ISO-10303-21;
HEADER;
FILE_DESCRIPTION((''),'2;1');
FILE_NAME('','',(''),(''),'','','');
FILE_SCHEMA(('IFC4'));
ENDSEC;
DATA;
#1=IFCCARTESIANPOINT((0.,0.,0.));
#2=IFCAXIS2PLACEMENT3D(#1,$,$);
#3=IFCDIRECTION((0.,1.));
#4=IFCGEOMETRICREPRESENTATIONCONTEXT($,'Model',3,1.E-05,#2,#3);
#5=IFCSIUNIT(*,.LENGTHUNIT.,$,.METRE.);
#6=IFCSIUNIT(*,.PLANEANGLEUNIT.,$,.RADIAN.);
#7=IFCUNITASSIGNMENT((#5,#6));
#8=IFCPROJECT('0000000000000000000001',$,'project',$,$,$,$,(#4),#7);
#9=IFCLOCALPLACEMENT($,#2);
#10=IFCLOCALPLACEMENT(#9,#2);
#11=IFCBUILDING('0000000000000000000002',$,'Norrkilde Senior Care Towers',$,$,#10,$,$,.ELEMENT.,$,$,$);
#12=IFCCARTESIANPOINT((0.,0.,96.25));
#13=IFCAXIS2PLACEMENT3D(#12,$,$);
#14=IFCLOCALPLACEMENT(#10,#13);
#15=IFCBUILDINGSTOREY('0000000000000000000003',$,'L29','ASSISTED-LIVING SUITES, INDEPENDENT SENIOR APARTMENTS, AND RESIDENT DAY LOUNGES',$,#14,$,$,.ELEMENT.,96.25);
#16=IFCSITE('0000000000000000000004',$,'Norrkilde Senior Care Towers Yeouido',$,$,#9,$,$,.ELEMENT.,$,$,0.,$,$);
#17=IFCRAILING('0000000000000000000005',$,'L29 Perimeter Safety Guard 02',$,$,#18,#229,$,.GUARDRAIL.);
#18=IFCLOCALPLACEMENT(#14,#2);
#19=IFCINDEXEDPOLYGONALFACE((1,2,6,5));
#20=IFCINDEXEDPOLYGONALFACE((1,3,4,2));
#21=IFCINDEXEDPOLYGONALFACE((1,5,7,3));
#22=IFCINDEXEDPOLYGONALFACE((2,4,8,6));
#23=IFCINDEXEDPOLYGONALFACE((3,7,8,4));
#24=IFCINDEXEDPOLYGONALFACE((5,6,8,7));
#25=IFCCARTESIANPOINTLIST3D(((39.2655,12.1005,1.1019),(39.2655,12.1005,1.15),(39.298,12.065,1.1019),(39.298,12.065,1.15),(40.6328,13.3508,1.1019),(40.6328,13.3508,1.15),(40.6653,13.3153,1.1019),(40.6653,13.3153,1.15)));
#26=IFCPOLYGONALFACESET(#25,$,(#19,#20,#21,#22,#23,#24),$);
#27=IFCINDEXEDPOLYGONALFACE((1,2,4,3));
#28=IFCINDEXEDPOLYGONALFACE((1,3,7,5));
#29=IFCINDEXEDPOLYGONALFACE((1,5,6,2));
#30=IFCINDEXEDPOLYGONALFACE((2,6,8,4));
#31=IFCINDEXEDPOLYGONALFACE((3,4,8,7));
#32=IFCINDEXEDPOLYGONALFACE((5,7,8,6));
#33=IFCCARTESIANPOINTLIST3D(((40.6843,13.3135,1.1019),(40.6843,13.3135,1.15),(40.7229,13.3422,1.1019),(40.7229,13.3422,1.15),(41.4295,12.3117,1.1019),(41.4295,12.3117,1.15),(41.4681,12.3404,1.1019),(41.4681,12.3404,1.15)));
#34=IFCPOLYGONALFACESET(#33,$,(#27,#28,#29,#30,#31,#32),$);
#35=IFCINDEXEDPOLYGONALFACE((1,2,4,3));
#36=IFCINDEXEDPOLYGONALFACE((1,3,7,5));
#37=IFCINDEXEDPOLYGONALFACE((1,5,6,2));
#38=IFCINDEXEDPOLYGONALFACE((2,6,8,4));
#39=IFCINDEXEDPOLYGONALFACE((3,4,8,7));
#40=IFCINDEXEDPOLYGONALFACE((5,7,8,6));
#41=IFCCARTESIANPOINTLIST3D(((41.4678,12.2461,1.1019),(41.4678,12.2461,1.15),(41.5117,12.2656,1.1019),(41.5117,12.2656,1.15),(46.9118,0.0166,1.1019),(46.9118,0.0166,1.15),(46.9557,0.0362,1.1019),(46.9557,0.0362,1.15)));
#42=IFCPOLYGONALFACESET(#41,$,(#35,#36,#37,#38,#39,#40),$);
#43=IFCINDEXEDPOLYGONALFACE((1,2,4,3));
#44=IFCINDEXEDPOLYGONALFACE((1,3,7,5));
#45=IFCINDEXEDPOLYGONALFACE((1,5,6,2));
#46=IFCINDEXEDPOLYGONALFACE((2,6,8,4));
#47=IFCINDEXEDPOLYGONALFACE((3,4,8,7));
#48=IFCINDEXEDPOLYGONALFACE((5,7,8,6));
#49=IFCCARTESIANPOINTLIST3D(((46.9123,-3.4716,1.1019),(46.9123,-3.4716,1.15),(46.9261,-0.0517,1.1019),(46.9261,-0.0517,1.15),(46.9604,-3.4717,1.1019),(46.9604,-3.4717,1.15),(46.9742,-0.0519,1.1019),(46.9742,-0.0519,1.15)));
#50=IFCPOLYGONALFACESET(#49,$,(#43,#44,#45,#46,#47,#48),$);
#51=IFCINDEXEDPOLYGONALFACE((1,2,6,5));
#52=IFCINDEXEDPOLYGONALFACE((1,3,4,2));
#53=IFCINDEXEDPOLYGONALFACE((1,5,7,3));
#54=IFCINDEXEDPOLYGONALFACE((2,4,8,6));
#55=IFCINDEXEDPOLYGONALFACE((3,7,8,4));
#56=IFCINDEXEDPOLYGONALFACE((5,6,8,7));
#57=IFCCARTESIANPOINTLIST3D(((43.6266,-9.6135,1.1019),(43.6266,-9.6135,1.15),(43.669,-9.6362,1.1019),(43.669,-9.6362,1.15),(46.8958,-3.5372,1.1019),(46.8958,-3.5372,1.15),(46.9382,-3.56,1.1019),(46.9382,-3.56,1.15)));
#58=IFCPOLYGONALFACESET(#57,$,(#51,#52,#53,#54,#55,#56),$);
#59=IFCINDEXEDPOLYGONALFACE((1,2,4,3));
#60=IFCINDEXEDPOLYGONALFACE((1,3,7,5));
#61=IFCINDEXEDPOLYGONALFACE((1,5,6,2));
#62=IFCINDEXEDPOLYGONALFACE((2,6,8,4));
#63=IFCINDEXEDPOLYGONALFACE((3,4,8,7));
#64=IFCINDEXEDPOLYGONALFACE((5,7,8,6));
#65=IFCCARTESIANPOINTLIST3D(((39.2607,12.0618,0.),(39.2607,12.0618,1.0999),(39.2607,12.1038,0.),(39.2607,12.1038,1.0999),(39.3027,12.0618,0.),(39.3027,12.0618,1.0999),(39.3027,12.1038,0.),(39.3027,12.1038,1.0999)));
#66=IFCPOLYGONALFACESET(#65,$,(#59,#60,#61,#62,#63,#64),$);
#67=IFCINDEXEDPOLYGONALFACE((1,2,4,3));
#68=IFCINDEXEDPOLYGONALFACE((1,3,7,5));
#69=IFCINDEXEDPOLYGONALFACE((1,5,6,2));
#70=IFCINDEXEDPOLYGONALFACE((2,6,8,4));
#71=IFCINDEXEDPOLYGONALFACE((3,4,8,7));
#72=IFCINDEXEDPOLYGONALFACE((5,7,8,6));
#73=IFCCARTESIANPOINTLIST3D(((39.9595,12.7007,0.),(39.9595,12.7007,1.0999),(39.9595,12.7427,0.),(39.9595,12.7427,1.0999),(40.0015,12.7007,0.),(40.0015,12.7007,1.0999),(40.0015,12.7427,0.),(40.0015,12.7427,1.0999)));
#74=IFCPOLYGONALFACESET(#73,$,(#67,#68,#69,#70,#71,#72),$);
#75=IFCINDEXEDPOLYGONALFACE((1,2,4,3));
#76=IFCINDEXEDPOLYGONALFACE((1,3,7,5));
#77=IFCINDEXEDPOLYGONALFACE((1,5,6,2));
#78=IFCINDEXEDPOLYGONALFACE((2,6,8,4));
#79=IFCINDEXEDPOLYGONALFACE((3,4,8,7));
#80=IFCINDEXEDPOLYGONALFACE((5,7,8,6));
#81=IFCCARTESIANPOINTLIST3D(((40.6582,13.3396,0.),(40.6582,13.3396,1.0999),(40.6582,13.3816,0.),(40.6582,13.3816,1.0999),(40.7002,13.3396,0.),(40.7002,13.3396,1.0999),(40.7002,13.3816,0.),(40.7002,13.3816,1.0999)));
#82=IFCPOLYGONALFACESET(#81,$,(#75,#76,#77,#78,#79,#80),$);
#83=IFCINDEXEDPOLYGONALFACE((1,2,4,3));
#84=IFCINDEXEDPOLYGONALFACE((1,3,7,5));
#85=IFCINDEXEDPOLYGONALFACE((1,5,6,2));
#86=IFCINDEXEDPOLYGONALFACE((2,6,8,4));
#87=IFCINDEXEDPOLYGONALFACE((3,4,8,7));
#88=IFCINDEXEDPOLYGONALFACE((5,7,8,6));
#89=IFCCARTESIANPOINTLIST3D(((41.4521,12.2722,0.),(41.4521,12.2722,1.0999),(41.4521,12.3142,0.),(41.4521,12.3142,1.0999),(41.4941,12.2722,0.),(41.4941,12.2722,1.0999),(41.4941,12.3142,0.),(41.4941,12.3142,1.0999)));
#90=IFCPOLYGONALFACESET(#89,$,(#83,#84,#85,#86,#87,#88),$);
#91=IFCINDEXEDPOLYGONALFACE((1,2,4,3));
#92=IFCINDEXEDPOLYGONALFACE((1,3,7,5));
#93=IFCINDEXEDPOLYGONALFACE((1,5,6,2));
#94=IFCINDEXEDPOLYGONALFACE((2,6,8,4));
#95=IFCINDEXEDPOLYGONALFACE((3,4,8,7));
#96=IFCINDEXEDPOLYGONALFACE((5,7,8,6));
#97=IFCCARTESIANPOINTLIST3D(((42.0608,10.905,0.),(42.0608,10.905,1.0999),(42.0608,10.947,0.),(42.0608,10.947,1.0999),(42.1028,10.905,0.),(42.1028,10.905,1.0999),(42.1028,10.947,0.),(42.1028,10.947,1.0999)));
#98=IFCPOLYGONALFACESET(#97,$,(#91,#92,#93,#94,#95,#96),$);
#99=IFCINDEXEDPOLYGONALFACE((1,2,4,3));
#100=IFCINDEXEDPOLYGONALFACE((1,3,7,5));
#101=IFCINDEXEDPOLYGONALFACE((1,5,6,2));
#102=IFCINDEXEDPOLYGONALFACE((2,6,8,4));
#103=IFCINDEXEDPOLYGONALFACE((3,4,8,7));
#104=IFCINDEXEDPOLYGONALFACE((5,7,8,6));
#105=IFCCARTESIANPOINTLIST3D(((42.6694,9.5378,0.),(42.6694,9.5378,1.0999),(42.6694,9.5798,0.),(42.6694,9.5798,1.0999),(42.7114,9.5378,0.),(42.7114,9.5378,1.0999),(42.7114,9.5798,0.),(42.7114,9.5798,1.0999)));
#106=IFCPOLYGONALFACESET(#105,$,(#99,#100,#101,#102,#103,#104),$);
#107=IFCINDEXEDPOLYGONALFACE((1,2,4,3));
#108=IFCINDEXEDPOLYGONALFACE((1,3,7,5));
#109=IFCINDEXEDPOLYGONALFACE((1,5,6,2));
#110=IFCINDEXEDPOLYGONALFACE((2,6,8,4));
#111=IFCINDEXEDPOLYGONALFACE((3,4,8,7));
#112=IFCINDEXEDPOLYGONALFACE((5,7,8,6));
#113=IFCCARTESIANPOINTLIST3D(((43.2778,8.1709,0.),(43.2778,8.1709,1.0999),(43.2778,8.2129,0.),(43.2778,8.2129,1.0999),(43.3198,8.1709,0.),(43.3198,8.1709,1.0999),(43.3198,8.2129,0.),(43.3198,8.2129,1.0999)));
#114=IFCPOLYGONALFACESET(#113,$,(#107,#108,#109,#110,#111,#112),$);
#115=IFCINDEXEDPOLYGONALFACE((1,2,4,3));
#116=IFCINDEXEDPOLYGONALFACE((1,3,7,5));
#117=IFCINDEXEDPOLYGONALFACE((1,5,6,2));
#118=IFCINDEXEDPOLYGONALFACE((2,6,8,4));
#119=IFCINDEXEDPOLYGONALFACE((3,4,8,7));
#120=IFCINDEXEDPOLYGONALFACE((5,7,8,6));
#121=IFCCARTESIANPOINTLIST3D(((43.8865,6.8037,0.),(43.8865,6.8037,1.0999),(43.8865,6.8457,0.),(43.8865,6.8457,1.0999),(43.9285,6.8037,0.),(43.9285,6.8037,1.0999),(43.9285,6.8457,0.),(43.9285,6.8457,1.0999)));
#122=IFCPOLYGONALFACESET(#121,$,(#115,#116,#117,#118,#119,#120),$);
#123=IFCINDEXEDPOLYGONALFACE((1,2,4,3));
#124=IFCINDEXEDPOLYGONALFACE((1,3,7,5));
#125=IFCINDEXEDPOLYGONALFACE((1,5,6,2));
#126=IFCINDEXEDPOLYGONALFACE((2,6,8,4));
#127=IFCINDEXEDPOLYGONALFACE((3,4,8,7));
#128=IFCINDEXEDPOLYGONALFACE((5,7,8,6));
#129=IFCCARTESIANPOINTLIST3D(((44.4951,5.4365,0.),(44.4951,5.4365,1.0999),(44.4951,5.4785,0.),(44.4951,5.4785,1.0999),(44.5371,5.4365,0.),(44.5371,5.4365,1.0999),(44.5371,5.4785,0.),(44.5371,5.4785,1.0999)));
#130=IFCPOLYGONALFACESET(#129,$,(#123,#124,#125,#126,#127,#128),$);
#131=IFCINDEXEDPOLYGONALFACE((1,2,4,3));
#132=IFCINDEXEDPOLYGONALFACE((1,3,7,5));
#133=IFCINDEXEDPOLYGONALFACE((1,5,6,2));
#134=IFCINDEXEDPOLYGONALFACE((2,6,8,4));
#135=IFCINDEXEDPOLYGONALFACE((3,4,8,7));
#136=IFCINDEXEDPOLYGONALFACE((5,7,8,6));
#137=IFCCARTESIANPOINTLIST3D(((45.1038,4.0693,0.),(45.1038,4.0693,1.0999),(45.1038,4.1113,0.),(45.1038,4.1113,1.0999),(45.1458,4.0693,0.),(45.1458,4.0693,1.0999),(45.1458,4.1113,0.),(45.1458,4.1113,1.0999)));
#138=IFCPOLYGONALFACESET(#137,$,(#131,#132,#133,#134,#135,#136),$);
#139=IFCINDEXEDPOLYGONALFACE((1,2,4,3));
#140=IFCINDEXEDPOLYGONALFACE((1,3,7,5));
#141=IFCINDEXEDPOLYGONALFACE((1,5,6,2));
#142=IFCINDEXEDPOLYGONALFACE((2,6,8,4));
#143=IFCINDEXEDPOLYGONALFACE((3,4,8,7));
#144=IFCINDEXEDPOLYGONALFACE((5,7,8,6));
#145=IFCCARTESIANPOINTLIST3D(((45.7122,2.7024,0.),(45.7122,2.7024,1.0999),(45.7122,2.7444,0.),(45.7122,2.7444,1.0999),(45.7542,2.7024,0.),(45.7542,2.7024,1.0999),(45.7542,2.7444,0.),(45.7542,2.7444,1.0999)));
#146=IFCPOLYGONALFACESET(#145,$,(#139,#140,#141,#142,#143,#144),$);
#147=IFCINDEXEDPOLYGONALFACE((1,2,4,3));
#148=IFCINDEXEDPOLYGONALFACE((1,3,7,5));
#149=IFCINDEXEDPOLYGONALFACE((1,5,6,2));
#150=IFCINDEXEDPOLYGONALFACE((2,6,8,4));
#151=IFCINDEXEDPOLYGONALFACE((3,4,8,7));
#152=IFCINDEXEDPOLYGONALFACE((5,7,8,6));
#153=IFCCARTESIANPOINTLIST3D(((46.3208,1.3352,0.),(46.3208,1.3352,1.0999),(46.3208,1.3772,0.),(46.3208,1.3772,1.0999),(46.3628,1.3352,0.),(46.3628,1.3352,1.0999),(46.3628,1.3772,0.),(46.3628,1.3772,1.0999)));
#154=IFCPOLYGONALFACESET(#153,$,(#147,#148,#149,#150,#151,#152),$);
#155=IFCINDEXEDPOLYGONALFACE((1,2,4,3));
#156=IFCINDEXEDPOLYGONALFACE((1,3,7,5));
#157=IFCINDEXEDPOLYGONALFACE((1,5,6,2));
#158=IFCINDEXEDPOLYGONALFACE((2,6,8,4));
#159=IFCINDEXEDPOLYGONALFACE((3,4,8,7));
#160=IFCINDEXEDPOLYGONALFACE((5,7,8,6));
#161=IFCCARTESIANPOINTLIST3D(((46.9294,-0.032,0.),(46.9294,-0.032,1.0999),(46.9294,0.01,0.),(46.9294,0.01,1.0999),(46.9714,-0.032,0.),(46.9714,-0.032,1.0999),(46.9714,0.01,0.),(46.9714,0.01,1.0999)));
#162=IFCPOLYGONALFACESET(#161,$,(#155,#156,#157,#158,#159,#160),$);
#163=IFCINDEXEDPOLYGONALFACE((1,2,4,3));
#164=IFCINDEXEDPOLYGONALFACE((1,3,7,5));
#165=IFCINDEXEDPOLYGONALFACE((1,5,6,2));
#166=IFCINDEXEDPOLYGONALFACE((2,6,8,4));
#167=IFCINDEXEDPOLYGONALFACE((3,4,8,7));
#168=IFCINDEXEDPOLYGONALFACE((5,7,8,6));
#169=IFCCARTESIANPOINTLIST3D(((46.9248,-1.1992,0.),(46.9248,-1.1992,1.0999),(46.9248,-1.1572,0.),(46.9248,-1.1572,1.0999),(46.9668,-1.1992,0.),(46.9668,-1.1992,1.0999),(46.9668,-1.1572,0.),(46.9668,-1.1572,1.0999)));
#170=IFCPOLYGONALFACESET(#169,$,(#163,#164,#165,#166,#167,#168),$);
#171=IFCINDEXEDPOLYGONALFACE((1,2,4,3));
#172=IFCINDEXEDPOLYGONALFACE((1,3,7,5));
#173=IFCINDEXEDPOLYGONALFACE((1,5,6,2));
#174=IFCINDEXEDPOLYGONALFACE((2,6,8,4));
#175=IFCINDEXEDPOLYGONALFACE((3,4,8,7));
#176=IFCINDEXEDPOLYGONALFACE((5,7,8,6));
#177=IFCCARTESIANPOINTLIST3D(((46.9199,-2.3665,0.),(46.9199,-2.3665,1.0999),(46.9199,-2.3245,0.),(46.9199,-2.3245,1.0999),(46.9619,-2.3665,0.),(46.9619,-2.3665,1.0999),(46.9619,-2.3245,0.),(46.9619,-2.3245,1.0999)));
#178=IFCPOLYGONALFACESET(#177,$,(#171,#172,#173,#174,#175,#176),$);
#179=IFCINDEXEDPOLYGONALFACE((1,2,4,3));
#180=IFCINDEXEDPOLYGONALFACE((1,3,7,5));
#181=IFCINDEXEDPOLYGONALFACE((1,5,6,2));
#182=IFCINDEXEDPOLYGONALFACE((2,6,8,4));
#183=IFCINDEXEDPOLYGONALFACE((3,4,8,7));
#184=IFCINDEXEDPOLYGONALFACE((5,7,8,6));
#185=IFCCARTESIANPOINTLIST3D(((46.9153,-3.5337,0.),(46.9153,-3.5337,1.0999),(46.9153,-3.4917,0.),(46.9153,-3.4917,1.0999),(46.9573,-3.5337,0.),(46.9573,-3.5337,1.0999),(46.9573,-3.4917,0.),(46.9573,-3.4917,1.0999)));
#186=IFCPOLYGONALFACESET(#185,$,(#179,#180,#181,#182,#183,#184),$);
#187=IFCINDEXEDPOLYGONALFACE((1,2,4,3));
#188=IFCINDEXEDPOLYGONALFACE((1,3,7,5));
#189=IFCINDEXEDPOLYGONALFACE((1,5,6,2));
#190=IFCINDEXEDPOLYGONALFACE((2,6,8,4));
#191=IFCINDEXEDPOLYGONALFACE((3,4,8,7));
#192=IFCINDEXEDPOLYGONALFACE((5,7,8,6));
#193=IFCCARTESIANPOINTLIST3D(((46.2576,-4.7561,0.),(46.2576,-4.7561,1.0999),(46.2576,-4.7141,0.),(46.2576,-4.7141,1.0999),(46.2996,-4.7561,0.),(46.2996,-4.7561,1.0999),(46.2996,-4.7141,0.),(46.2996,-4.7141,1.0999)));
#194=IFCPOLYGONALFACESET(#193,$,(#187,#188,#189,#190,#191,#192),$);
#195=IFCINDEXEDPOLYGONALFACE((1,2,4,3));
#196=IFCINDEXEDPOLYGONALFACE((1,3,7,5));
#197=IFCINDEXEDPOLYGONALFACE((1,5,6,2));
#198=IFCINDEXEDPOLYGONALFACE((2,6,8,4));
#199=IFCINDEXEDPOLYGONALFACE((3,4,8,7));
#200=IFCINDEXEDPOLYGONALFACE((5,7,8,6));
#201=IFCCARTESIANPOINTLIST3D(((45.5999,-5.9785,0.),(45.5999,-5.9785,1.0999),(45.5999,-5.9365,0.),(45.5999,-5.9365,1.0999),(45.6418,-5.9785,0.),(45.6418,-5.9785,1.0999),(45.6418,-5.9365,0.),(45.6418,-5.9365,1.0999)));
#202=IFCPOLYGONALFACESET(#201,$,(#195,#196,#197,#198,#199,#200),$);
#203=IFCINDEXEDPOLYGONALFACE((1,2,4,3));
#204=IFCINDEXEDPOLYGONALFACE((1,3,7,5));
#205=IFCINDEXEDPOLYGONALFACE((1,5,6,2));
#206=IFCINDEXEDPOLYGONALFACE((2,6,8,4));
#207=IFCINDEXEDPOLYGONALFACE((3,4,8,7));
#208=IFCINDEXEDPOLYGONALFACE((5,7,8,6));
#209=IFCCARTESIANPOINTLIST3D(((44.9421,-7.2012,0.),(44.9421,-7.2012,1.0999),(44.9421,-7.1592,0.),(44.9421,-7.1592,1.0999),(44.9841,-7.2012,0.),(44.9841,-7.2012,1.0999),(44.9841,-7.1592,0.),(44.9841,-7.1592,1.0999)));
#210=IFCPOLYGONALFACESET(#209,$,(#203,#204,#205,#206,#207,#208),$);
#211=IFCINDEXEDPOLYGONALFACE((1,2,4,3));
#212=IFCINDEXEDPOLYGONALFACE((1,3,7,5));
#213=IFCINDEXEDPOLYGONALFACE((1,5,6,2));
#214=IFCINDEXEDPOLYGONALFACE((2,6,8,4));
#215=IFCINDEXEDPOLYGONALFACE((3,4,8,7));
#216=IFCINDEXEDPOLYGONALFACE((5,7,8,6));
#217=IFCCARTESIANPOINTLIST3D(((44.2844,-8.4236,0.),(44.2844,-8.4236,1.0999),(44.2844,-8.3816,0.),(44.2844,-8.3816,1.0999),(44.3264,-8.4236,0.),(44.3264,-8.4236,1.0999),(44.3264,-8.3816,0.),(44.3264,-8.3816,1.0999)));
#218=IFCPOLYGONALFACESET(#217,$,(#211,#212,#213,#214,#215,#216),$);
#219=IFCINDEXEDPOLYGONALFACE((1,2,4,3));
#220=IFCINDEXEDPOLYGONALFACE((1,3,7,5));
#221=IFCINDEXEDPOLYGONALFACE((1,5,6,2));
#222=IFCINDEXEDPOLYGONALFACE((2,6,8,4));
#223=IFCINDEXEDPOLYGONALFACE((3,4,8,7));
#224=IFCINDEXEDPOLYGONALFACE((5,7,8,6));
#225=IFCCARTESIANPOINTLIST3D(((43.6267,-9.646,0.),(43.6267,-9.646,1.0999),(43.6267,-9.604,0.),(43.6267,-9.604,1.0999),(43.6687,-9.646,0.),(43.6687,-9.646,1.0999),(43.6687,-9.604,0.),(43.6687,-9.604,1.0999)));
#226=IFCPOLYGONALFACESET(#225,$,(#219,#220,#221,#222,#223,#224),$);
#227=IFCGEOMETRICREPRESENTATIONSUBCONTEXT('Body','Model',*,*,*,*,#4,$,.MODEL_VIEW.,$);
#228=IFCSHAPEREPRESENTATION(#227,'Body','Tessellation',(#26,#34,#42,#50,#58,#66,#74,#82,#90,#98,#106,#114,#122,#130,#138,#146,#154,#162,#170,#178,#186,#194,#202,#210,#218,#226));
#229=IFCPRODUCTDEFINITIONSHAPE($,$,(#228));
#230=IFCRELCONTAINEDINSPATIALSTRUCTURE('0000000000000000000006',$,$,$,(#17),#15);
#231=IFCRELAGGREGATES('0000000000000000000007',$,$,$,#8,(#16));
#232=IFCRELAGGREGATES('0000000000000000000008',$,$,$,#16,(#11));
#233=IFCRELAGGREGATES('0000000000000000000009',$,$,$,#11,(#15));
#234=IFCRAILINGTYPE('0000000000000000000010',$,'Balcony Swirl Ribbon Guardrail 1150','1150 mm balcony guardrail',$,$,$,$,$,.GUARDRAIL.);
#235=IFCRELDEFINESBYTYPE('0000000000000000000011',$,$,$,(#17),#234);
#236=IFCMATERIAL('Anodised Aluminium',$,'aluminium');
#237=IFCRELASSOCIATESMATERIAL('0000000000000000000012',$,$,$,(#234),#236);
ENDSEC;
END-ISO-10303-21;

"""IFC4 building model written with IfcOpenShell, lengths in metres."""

from ifc_helpers import new_model, si_unit, direction, frame, origin, origin_2d, place, context, subcontext, project, spatial, rectangle, extrude, material, type_object, element, save


model = new_model("IFC4")

# Units and contexts
model_context = context("Model", 3, precision=1e-05, world=origin(), true_north=direction((0.0, 1.0)))
body_context = subcontext(model_context, "Body", "Model", "MODEL_VIEW")
ifc_project = project(units=[si_unit("LENGTHUNIT", "METRE"), si_unit("PLANEANGLEUNIT", "RADIAN")], contexts=[model_context])

# Site, building, storey
site_placement = place(None, origin())
site = spatial("IfcSite", under=ifc_project, at=site_placement, Name="Norrkilde Senior Care Towers Yeouido", CompositionType="ELEMENT", RefElevation=0.0)
building_placement = place(site_placement, origin())
building = spatial("IfcBuilding", under=site, at=building_placement, Name="Norrkilde Senior Care Towers", CompositionType="ELEMENT")
storey_placement = place(building_placement, frame((0.0, 0.0, 96.25)))
storey = spatial("IfcBuildingStorey", under=building, at=storey_placement, Name="L29", Description="ASSISTED-LIVING SUITES, INDEPENDENT SENIOR APARTMENTS, AND RESIDENT DAY LOUNGES", CompositionType="ELEMENT", Elevation=96.25)

# Shared definitions
ifc_material_1 = material(Name="Anodised Aluminium", Category="aluminium")

# Railing
railing_type = type_object("IfcRailingType", Name="Balcony Swirl Ribbon Guardrail 1150", Description="1150 mm balcony guardrail", PredefinedType="GUARDRAIL", material=ifc_material_1)
railing_placement = place(storey_placement, frame((39.2817, 12.0828, 0.0)))
element("IfcRailing", 1, at=railing_placement, inside=storey, type_object=railing_type, Name="L29 Perimeter Safety Guard 02", PredefinedType="GUARDRAIL", context=body_context, shape_type="SweptSolid", body=[
    extrude(rectangle(XDim=0.0481, YDim=0.0481, at=origin_2d()), frame((0.0, 0.0, 1.126), z_axis=(0.737988, 0.674813, 0.0), x_axis=(-0.674813, 0.737988, 0.0)), (0.0, 0.0, 1.0), 1.8528),
    extrude(rectangle(XDim=0.0481, YDim=0.0481, at=origin_2d()), frame((1.4219, 1.2451, 1.126), z_axis=(0.596824, -0.802372, 0.0), x_axis=(0.802372, 0.596824, 0.0)), (0.0, 0.0, 1.0), 1.2485),
    extrude(rectangle(XDim=0.0481, YDim=0.0481, at=origin_2d()), frame((2.208, 0.1731, 1.126), z_axis=(0.406682, -0.91357, 0.0), x_axis=(0.91357, 0.406682, 0.0)), (0.0, 0.0, 1.0), 13.3865),
    extrude(rectangle(XDim=0.0481, YDim=0.0481, at=origin_2d()), frame((7.6685, -12.1345, 1.126), z_axis=(-0.004044, -0.999992, 0.0), x_axis=(0.999992, -0.004044, 0.0)), (0.0, 0.0, 1.0), 3.4199),
    extrude(rectangle(XDim=0.0481, YDim=0.0481, at=origin_2d()), frame((7.6353, -15.6313, 1.126), z_axis=(-0.473802, -0.880631, 0.0), x_axis=(0.880631, -0.473802, 0.0)), (0.0, 0.0, 1.0), 6.8999),
    extrude(rectangle(XDim=0.042, YDim=0.042, at=origin_2d()), origin(), (0.0, 0.0, 1.0), 1.0999),
    extrude(rectangle(XDim=0.042, YDim=0.042, at=origin_2d()), frame((0.6987, 0.6389, 0.0)), (0.0, 0.0, 1.0), 1.0999),
    extrude(rectangle(XDim=0.042, YDim=0.042, at=origin_2d()), frame((1.3975, 1.2778, 0.0)), (0.0, 0.0, 1.0), 1.0999),
    extrude(rectangle(XDim=0.042, YDim=0.042, at=origin_2d()), frame((2.1914, 0.2104, 0.0)), (0.0, 0.0, 1.0), 1.0999),
    extrude(rectangle(XDim=0.042, YDim=0.042, at=origin_2d()), frame((2.8, -1.1567, 0.0)), (0.0, 0.0, 1.0), 1.0999),
    extrude(rectangle(XDim=0.042, YDim=0.042, at=origin_2d()), frame((3.4087, -2.5239, 0.0)), (0.0, 0.0, 1.0), 1.0999),
    extrude(rectangle(XDim=0.042, YDim=0.042, at=origin_2d()), frame((4.0171, -3.8909, 0.0)), (0.0, 0.0, 1.0), 1.0999),
    extrude(rectangle(XDim=0.042, YDim=0.042, at=origin_2d()), frame((4.6257, -5.2581, 0.0)), (0.0, 0.0, 1.0), 1.0999),
    extrude(rectangle(XDim=0.042, YDim=0.042, at=origin_2d()), frame((5.2344, -6.6252, 0.0)), (0.0, 0.0, 1.0), 1.0999),
    extrude(rectangle(XDim=0.042, YDim=0.042, at=origin_2d()), frame((5.843, -7.9924, 0.0)), (0.0, 0.0, 1.0), 1.0999),
    extrude(rectangle(XDim=0.042, YDim=0.042, at=origin_2d()), frame((6.4514, -9.3594, 0.0)), (0.0, 0.0, 1.0), 1.0999),
    extrude(rectangle(XDim=0.042, YDim=0.042, at=origin_2d()), frame((7.0601, -10.7266, 0.0)), (0.0, 0.0, 1.0), 1.0999),
    extrude(rectangle(XDim=0.042, YDim=0.042, at=origin_2d()), frame((7.6687, -12.0938, 0.0)), (0.0, 0.0, 1.0), 1.0999),
    extrude(rectangle(XDim=0.042, YDim=0.042, at=origin_2d()), frame((7.6641, -13.261, 0.0)), (0.0, 0.0, 1.0), 1.0999),
    extrude(rectangle(XDim=0.042, YDim=0.042, at=origin_2d()), frame((7.6592, -14.4282, 0.0)), (0.0, 0.0, 1.0), 1.0999),
    extrude(rectangle(XDim=0.042, YDim=0.042, at=origin_2d()), frame((7.6545, -15.5955, 0.0)), (0.0, 0.0, 1.0), 1.0999),
    extrude(rectangle(XDim=0.042, YDim=0.042, at=origin_2d()), frame((6.9968, -16.8179, 0.0)), (0.0, 0.0, 1.0), 1.0999),
    extrude(rectangle(XDim=0.042, YDim=0.042, at=origin_2d()), frame((6.3391, -18.0403, 0.0)), (0.0, 0.0, 1.0), 1.0999),
    extrude(rectangle(XDim=0.042, YDim=0.042, at=origin_2d()), frame((5.6814, -19.2629, 0.0)), (0.0, 0.0, 1.0), 1.0999),
    extrude(rectangle(XDim=0.042, YDim=0.042, at=origin_2d()), frame((5.0237, -20.4854, 0.0)), (0.0, 0.0, 1.0), 1.0999),
    extrude(rectangle(XDim=0.042, YDim=0.042, at=origin_2d()), frame((4.366, -21.7078, 0.0)), (0.0, 0.0, 1.0), 1.0999),
])

save(model, "model.ifc")
